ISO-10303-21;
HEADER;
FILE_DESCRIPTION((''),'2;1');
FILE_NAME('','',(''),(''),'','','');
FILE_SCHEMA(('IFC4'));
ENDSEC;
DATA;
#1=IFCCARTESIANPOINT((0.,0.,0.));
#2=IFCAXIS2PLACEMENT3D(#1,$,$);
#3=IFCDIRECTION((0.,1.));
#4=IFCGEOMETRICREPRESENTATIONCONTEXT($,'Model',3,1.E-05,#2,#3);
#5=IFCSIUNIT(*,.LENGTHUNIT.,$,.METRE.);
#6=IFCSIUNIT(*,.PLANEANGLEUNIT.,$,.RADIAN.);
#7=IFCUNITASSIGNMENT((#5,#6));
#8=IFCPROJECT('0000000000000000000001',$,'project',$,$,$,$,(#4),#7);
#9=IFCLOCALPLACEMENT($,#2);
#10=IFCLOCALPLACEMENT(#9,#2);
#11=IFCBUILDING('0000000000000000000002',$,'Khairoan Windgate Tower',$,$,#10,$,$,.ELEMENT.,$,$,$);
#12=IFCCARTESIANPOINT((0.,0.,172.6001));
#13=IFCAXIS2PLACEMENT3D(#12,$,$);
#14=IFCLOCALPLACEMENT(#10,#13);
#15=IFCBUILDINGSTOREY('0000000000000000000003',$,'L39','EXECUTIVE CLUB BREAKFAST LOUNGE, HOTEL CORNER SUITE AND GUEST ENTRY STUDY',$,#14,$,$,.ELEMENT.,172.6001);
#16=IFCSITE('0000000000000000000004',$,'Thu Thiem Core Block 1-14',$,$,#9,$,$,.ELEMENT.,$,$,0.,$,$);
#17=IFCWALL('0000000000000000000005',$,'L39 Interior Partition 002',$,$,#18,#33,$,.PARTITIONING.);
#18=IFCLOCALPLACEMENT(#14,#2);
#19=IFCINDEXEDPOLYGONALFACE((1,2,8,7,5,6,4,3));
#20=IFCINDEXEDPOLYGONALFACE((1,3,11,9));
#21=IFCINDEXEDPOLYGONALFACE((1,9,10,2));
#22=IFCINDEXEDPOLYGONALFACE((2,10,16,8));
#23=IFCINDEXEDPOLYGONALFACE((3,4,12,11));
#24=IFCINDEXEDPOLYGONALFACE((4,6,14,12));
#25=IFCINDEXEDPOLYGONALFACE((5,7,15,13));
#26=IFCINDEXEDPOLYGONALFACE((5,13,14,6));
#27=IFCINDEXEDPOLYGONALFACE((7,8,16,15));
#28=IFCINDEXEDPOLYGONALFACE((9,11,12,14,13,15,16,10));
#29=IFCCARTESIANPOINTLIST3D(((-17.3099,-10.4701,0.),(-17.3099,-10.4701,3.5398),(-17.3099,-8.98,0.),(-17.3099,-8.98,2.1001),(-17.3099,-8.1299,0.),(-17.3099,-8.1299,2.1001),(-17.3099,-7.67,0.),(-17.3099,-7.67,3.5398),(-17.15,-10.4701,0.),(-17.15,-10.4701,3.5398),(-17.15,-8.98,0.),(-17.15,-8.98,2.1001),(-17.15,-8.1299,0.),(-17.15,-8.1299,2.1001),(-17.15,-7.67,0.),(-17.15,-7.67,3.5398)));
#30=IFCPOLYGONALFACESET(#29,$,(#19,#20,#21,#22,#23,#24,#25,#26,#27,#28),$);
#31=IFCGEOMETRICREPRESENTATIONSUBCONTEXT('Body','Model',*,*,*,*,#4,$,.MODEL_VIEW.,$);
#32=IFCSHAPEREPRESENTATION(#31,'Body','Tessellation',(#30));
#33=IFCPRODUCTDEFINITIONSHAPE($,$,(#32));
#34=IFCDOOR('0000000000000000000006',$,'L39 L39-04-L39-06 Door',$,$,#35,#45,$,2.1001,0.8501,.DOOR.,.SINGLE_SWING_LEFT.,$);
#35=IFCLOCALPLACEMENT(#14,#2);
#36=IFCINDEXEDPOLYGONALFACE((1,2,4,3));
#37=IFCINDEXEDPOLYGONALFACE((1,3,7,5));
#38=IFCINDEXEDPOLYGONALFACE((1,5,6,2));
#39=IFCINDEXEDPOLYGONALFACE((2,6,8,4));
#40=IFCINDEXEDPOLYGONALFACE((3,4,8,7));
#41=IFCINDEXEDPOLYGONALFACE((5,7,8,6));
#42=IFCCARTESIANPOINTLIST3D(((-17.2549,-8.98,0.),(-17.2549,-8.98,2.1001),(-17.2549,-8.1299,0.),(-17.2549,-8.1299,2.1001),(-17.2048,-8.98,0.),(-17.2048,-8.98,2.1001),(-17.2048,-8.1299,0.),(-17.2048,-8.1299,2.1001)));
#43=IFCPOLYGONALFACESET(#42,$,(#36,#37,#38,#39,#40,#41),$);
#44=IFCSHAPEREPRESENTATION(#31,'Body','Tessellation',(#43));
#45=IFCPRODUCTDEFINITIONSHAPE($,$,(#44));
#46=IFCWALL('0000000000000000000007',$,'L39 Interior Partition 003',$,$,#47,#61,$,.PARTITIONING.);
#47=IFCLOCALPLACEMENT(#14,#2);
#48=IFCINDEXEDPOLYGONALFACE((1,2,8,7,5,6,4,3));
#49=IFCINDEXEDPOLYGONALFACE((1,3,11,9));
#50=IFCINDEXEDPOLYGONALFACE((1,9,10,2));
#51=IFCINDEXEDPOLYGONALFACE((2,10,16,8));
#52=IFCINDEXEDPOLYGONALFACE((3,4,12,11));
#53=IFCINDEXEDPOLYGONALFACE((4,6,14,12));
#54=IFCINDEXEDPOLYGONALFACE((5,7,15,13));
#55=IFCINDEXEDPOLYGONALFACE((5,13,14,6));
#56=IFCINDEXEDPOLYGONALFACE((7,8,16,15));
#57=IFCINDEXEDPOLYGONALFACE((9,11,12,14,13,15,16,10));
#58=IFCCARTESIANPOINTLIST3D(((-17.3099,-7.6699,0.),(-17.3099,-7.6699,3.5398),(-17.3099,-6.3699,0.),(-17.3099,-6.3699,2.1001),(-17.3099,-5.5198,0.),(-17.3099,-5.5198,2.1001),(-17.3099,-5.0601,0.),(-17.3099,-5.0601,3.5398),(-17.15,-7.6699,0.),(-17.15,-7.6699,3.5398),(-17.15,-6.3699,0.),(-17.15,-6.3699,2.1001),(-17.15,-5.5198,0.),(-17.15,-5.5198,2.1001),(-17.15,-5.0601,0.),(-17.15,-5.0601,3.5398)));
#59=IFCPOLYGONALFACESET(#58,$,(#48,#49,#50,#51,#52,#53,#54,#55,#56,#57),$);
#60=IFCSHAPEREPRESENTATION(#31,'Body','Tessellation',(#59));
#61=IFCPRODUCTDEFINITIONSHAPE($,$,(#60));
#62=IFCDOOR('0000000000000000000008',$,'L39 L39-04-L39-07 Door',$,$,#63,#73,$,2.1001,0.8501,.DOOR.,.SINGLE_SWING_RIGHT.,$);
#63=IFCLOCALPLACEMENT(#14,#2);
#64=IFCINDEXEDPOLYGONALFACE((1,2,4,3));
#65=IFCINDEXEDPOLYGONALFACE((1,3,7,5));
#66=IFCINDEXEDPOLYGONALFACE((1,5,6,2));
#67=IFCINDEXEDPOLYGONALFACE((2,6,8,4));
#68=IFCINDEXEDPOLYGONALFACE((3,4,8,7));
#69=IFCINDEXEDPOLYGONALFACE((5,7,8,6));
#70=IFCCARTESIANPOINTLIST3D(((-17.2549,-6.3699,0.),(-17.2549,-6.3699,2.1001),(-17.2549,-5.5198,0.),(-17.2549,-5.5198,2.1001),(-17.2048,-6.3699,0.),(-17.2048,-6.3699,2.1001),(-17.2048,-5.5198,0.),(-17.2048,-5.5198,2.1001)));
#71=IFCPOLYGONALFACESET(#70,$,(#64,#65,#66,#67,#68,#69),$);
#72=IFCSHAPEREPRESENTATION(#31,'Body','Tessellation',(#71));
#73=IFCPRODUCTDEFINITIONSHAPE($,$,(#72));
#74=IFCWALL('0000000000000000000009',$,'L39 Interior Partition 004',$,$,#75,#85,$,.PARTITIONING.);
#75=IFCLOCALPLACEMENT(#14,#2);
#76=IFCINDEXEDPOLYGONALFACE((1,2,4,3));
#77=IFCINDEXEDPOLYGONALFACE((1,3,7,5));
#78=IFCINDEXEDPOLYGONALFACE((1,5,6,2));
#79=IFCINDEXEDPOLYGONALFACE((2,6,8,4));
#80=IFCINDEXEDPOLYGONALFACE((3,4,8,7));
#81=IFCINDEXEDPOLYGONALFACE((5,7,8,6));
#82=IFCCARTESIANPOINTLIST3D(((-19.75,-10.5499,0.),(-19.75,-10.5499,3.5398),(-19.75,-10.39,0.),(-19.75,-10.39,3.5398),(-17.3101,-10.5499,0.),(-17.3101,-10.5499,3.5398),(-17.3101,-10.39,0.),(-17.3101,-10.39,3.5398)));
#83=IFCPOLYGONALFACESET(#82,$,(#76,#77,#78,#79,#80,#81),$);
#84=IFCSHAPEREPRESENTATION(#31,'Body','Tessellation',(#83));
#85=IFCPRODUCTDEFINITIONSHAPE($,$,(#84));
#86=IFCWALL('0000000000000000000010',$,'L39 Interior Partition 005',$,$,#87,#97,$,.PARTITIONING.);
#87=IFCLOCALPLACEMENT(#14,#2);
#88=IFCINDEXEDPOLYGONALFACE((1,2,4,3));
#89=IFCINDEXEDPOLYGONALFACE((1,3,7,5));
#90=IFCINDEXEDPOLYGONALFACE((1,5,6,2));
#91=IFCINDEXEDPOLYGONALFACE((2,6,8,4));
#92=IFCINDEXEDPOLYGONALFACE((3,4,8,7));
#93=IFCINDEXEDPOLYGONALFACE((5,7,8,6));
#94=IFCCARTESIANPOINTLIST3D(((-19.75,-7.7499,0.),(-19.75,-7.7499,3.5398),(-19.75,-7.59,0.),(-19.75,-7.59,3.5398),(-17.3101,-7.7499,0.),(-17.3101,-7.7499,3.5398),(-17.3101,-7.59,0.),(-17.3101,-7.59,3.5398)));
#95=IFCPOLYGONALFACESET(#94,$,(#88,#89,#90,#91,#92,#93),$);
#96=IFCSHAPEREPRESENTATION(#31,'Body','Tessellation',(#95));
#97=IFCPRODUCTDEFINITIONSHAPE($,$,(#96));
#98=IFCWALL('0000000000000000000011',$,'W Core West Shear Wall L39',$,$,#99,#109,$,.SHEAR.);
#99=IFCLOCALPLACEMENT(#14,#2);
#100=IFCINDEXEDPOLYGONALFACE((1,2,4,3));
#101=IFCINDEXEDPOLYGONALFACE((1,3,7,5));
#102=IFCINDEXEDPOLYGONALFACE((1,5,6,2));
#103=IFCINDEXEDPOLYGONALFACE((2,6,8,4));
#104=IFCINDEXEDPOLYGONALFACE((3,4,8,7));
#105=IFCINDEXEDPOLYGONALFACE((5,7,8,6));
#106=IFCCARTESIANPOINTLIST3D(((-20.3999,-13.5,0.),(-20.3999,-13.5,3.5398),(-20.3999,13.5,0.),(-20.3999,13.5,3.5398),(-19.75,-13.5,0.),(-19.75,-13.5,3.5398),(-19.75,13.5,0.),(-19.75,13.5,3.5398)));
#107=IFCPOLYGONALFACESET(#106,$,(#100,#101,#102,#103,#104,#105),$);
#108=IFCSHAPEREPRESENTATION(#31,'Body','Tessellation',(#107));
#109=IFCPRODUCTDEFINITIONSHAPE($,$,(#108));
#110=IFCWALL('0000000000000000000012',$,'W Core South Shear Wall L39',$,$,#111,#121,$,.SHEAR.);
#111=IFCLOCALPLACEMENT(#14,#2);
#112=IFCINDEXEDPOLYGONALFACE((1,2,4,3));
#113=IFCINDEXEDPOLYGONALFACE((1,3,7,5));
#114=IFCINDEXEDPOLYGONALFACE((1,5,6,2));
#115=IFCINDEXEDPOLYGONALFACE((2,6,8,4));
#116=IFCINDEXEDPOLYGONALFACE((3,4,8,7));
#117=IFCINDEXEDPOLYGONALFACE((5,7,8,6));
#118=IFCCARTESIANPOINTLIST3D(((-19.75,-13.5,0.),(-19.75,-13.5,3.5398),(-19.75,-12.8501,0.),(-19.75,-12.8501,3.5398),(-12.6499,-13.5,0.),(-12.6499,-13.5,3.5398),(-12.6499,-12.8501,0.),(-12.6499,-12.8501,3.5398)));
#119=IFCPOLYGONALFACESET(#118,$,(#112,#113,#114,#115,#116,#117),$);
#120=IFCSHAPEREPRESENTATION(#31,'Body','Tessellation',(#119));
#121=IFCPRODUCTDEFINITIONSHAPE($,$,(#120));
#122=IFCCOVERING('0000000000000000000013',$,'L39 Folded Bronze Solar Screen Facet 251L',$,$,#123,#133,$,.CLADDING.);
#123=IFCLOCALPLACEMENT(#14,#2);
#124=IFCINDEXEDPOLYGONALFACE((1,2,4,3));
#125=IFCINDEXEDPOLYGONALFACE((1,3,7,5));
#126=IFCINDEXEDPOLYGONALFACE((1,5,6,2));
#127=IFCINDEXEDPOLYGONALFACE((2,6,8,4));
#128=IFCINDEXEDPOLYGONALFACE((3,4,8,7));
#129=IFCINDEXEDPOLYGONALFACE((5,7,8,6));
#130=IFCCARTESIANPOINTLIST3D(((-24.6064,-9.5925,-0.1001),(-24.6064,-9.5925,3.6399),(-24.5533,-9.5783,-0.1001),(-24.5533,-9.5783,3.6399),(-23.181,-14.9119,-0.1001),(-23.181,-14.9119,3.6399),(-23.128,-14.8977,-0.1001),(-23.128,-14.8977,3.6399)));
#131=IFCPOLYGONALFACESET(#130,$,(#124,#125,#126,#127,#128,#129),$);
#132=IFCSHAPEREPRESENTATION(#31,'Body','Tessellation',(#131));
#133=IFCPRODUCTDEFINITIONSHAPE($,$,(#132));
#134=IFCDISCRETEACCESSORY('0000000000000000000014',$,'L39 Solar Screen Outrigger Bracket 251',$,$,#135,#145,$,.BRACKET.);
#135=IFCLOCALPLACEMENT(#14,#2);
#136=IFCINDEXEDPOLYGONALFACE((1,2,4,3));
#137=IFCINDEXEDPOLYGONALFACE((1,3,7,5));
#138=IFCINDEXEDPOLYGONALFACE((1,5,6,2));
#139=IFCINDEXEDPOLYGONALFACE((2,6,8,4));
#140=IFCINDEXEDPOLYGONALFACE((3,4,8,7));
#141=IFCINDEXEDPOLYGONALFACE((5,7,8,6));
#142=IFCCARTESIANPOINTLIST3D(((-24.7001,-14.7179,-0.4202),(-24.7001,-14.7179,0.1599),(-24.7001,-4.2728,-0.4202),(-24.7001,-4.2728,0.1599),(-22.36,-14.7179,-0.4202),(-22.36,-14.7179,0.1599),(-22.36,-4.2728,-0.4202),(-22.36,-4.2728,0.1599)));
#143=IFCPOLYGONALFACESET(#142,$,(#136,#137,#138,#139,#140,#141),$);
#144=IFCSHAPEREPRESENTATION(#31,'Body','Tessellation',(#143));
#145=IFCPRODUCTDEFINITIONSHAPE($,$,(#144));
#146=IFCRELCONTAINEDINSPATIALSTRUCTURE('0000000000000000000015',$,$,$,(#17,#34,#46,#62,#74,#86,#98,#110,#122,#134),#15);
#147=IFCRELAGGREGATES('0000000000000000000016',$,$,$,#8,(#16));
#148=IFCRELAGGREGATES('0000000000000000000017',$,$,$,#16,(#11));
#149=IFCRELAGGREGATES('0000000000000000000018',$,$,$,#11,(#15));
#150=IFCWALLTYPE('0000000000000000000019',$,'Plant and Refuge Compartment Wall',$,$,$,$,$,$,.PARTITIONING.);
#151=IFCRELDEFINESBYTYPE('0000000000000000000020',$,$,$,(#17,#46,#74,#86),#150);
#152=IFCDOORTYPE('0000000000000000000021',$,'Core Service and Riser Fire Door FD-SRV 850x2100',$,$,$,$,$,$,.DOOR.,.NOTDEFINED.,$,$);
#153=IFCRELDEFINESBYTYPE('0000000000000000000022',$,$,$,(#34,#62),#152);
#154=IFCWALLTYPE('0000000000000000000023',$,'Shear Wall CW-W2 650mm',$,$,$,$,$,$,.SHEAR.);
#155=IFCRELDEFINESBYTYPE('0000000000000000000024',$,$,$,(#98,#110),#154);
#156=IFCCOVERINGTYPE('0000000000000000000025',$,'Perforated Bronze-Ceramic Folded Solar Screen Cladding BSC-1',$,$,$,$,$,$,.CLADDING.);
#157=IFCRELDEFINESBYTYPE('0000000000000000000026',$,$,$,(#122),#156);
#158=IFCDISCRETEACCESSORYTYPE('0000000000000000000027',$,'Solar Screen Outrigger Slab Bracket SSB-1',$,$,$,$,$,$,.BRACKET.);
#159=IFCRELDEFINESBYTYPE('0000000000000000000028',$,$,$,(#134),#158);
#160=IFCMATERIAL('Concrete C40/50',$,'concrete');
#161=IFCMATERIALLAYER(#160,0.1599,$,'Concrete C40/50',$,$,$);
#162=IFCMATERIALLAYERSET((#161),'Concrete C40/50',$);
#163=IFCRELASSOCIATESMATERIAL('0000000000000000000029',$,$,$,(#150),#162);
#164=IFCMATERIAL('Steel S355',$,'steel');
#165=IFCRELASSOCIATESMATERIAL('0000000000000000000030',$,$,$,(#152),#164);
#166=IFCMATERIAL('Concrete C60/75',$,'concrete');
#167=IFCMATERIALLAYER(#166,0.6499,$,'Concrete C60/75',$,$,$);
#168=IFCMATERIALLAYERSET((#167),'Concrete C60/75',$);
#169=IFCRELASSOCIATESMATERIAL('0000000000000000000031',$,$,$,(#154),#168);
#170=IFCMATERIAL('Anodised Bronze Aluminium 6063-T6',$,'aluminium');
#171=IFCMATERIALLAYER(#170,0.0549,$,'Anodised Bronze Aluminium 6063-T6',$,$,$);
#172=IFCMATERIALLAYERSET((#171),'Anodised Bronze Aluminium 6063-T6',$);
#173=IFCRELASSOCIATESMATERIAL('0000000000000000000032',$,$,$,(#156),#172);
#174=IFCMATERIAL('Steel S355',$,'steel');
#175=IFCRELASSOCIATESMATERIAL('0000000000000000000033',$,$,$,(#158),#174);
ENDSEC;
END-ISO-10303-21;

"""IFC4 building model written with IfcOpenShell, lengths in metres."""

from ifc_helpers import new_model, si_unit, direction, frame, frame_2d, origin, origin_2d, place, context, subcontext, project, spatial, rectangle, extrude, material, layer, layer_set, type_object, element, fill, save


model = new_model("IFC4")

# Units and contexts
model_context = context("Model", 3, precision=1e-05, world=origin(), true_north=direction((0.0, 1.0)))
body_context = subcontext(model_context, "Body", "Model", "MODEL_VIEW")
ifc_project = project(units=[si_unit("LENGTHUNIT", "METRE"), si_unit("PLANEANGLEUNIT", "RADIAN")], contexts=[model_context])

# Site, building, storey
site_placement = place(None, origin())
site = spatial("IfcSite", under=ifc_project, at=site_placement, Name="Thu Thiem Core Block 1-14", CompositionType="ELEMENT", RefElevation=0.0)
building_placement = place(site_placement, origin())
building = spatial("IfcBuilding", under=site, at=building_placement, Name="Khairoan Windgate Tower", CompositionType="ELEMENT")
storey_placement = place(building_placement, frame((0.0, 0.0, 172.6001)))
storey = spatial("IfcBuildingStorey", under=building, at=storey_placement, Name="L39", Description="EXECUTIVE CLUB BREAKFAST LOUNGE, HOTEL CORNER SUITE AND GUEST ENTRY STUDY", CompositionType="ELEMENT", Elevation=172.6001)

# Walls, openings, doors
ifc_material_1 = material(Name="Concrete C40/50", Category="concrete")
ifc_layer_1 = layer(ifc_material_1, 0.1599, Name="Concrete C40/50")
ifc_layer_set_1 = layer_set([ifc_layer_1], Name="Concrete C40/50")
wall_type_1 = type_object("IfcWallType", Name="Plant and Refuge Compartment Wall", PredefinedType="PARTITIONING", material=ifc_layer_set_1)
ifc_material_2 = material(Name="Steel S355", Category="steel")
door_type = type_object("IfcDoorType", Name="Core Service and Riser Fire Door FD-SRV 850x2100", OperationType="NOTDEFINED", PredefinedType="DOOR", material=ifc_material_2)
wall_1_placement = place(storey_placement, frame((-17.23, -10.47, 0.0), z_axis=(0.0, 0.0, 1.0), x_axis=(0.0, 1.0, 0.0)))
wall_1 = element("IfcWall", 1, at=wall_1_placement, inside=storey, type_object=wall_type_1, Name="L39 Interior Partition 002", PredefinedType="PARTITIONING", context=body_context, shape_type="SweptSolid", body=[
    extrude(rectangle(XDim=2.8, YDim=0.1599, at=frame_2d((1.3999, 0.0))), origin(), (0.0, 0.0, 1.0), 3.5398),
])
opening_1_placement = place(wall_1_placement, frame((1.49, 0.0, 0.0)))
opening_1 = element("IfcOpeningElement", 2, at=opening_1_placement, cuts=wall_1, PredefinedType="OPENING", context=body_context, shape_type="SweptSolid", body=[
    extrude(rectangle(XDim=0.8501, YDim=2.1001, at=frame_2d((0.425, 1.05))), frame((0.0, 0.0898, 0.0), z_axis=(0.0, -1.0, 0.0), x_axis=(1.0, 0.0, 0.0)), (0.0, 0.0, 1.0), 0.1799),
])
door_1_placement = place(opening_1_placement, origin())
door_1 = element("IfcDoor", 3, at=door_1_placement, inside=storey, type_object=door_type, Name="L39 L39-04-L39-06 Door", OperationType="SINGLE_SWING_LEFT", OverallHeight=2.1001, OverallWidth=0.8501, PredefinedType="DOOR", context=body_context, shape_type="SweptSolid", body=[
    extrude(rectangle(XDim=0.8501, YDim=2.1001, at=frame_2d((0.425, 1.05))), frame((0.0, 0.0249, 0.0), z_axis=(0.0, -1.0, 0.0), x_axis=(1.0, 0.0, 0.0)), (0.0, 0.0, 1.0), 0.05),
])
fill(opening_1, door_1)
wall_2_placement = place(storey_placement, frame((-17.23, -7.6699, 0.0), z_axis=(0.0, 0.0, 1.0), x_axis=(0.0, 1.0, 0.0)))
wall_2 = element("IfcWall", 4, at=wall_2_placement, inside=storey, type_object=wall_type_1, Name="L39 Interior Partition 003", PredefinedType="PARTITIONING", context=body_context, shape_type="SweptSolid", body=[
    extrude(rectangle(XDim=2.6099, YDim=0.1599, at=frame_2d((1.3049, 0.0))), origin(), (0.0, 0.0, 1.0), 3.5398),
])
opening_2_placement = place(wall_2_placement, frame((1.3, 0.0, 0.0)))
opening_2 = element("IfcOpeningElement", 5, at=opening_2_placement, cuts=wall_2, PredefinedType="OPENING", context=body_context, shape_type="SweptSolid", body=[
    extrude(rectangle(XDim=0.8501, YDim=2.1001, at=frame_2d((0.425, 1.05))), frame((0.0, 0.0898, 0.0), z_axis=(0.0, -1.0, 0.0), x_axis=(1.0, 0.0, 0.0)), (0.0, 0.0, 1.0), 0.1799),
])
door_2_placement = place(opening_2_placement, origin())
door_2 = element("IfcDoor", 6, at=door_2_placement, inside=storey, type_object=door_type, Name="L39 L39-04-L39-07 Door", OperationType="SINGLE_SWING_RIGHT", OverallHeight=2.1001, OverallWidth=0.8501, PredefinedType="DOOR", context=body_context, shape_type="SweptSolid", body=[
    extrude(rectangle(XDim=0.8501, YDim=2.1001, at=frame_2d((0.425, 1.05))), frame((0.0, 0.0249, 0.0), z_axis=(0.0, -1.0, 0.0), x_axis=(1.0, 0.0, 0.0)), (0.0, 0.0, 1.0), 0.05),
])
fill(opening_2, door_2)

# Walls
for number, where, z_axis, x_axis, name in (
    (7, (-19.75, -10.47, 0.0), (0.0, 0.0, 1.0), (1.0, 0.0, 0.0), "L39 Interior Partition 004"),
    (8, (-19.75, -7.6699, 0.0), (0.0, 0.0, 1.0), (1.0, 0.0, 0.0), "L39 Interior Partition 005"),
):
    element("IfcWall", number, at=place(storey_placement, frame(where, z_axis=z_axis, x_axis=x_axis)), inside=storey, type_object=wall_type_1, Name=name, PredefinedType="PARTITIONING", context=body_context, shape_type="SweptSolid", body=[
        extrude(rectangle(XDim=2.4399, YDim=0.1599, at=frame_2d((1.22, 0.0))), origin(), (0.0, 0.0, 1.0), 3.5398),
    ])
ifc_material_3 = material(Name="Concrete C60/75", Category="concrete")
ifc_layer_2 = layer(ifc_material_3, 0.6499, Name="Concrete C60/75")
ifc_layer_set_2 = layer_set([ifc_layer_2], Name="Concrete C60/75")
wall_type_2 = type_object("IfcWallType", Name="Shear Wall CW-W2 650mm", PredefinedType="SHEAR", material=ifc_layer_set_2)
wall_3_placement = place(storey_placement, frame((-20.075, -13.5, 0.0), z_axis=(0.0, 0.0, 1.0), x_axis=(0.0, 1.0, 0.0)))
element("IfcWall", 9, at=wall_3_placement, inside=storey, type_object=wall_type_2, Name="W Core West Shear Wall L39", PredefinedType="SHEAR", context=body_context, shape_type="SweptSolid", body=[
    extrude(rectangle(XDim=27.0, YDim=0.6499, at=frame_2d((13.5, 0.0))), origin(), (0.0, 0.0, 1.0), 3.5398),
])
wall_4_placement = place(storey_placement, frame((-19.75, -13.175, 0.0), z_axis=(0.0, 0.0, 1.0), x_axis=(1.0, 0.0, 0.0)))
element("IfcWall", 10, at=wall_4_placement, inside=storey, type_object=wall_type_2, Name="W Core South Shear Wall L39", PredefinedType="SHEAR", context=body_context, shape_type="SweptSolid", body=[
    extrude(rectangle(XDim=7.1001, YDim=0.6499, at=frame_2d((3.55, 0.0))), origin(), (0.0, 0.0, 1.0), 3.5398),
])

# Covering
ifc_material_4 = material(Name="Anodised Bronze Aluminium 6063-T6", Category="aluminium")
ifc_layer_3 = layer(ifc_material_4, 0.0549, Name="Anodised Bronze Aluminium 6063-T6")
ifc_layer_set_3 = layer_set([ifc_layer_3], Name="Anodised Bronze Aluminium 6063-T6")
covering_type = type_object("IfcCoveringType", Name="Perforated Bronze-Ceramic Folded Solar Screen Cladding BSC-1", PredefinedType="CLADDING", material=ifc_layer_set_3)
covering_placement = place(storey_placement, frame((-23.8672, -12.2451, -0.1001), z_axis=(0.0, 0.0, 1.0), x_axis=(-0.258819, 0.965926, 0.0)))
element("IfcCovering", 11, at=covering_placement, inside=storey, type_object=covering_type, Name="L39 Folded Bronze Solar Screen Facet 251L", PredefinedType="CLADDING", context=body_context, shape_type="SweptSolid", body=[
    extrude(rectangle(XDim=5.5071, YDim=0.0549, at=origin_2d()), origin(), (0.0, 0.0, 1.0), 3.74),
])

# Discrete accessory
ifc_material_5 = material(Name="Steel S355", Category="steel")
discrete_accessory_type = type_object("IfcDiscreteAccessoryType", Name="Solar Screen Outrigger Slab Bracket SSB-1", PredefinedType="BRACKET", material=ifc_material_5)
discrete_accessory_placement = place(storey_placement, frame((-23.53, -9.4954, -0.4202), z_axis=(0.0, 0.0, 1.0), x_axis=(0.0, 1.0, 0.0)))
element("IfcDiscreteAccessory", 12, at=discrete_accessory_placement, inside=storey, type_object=discrete_accessory_type, Name="L39 Solar Screen Outrigger Bracket 251", PredefinedType="BRACKET", context=body_context, shape_type="SweptSolid", body=[
    extrude(rectangle(XDim=10.4451, YDim=2.3401, at=origin_2d()), origin(), (0.0, 0.0, 1.0), 0.5801),
])

save(model, "model.ifc")
